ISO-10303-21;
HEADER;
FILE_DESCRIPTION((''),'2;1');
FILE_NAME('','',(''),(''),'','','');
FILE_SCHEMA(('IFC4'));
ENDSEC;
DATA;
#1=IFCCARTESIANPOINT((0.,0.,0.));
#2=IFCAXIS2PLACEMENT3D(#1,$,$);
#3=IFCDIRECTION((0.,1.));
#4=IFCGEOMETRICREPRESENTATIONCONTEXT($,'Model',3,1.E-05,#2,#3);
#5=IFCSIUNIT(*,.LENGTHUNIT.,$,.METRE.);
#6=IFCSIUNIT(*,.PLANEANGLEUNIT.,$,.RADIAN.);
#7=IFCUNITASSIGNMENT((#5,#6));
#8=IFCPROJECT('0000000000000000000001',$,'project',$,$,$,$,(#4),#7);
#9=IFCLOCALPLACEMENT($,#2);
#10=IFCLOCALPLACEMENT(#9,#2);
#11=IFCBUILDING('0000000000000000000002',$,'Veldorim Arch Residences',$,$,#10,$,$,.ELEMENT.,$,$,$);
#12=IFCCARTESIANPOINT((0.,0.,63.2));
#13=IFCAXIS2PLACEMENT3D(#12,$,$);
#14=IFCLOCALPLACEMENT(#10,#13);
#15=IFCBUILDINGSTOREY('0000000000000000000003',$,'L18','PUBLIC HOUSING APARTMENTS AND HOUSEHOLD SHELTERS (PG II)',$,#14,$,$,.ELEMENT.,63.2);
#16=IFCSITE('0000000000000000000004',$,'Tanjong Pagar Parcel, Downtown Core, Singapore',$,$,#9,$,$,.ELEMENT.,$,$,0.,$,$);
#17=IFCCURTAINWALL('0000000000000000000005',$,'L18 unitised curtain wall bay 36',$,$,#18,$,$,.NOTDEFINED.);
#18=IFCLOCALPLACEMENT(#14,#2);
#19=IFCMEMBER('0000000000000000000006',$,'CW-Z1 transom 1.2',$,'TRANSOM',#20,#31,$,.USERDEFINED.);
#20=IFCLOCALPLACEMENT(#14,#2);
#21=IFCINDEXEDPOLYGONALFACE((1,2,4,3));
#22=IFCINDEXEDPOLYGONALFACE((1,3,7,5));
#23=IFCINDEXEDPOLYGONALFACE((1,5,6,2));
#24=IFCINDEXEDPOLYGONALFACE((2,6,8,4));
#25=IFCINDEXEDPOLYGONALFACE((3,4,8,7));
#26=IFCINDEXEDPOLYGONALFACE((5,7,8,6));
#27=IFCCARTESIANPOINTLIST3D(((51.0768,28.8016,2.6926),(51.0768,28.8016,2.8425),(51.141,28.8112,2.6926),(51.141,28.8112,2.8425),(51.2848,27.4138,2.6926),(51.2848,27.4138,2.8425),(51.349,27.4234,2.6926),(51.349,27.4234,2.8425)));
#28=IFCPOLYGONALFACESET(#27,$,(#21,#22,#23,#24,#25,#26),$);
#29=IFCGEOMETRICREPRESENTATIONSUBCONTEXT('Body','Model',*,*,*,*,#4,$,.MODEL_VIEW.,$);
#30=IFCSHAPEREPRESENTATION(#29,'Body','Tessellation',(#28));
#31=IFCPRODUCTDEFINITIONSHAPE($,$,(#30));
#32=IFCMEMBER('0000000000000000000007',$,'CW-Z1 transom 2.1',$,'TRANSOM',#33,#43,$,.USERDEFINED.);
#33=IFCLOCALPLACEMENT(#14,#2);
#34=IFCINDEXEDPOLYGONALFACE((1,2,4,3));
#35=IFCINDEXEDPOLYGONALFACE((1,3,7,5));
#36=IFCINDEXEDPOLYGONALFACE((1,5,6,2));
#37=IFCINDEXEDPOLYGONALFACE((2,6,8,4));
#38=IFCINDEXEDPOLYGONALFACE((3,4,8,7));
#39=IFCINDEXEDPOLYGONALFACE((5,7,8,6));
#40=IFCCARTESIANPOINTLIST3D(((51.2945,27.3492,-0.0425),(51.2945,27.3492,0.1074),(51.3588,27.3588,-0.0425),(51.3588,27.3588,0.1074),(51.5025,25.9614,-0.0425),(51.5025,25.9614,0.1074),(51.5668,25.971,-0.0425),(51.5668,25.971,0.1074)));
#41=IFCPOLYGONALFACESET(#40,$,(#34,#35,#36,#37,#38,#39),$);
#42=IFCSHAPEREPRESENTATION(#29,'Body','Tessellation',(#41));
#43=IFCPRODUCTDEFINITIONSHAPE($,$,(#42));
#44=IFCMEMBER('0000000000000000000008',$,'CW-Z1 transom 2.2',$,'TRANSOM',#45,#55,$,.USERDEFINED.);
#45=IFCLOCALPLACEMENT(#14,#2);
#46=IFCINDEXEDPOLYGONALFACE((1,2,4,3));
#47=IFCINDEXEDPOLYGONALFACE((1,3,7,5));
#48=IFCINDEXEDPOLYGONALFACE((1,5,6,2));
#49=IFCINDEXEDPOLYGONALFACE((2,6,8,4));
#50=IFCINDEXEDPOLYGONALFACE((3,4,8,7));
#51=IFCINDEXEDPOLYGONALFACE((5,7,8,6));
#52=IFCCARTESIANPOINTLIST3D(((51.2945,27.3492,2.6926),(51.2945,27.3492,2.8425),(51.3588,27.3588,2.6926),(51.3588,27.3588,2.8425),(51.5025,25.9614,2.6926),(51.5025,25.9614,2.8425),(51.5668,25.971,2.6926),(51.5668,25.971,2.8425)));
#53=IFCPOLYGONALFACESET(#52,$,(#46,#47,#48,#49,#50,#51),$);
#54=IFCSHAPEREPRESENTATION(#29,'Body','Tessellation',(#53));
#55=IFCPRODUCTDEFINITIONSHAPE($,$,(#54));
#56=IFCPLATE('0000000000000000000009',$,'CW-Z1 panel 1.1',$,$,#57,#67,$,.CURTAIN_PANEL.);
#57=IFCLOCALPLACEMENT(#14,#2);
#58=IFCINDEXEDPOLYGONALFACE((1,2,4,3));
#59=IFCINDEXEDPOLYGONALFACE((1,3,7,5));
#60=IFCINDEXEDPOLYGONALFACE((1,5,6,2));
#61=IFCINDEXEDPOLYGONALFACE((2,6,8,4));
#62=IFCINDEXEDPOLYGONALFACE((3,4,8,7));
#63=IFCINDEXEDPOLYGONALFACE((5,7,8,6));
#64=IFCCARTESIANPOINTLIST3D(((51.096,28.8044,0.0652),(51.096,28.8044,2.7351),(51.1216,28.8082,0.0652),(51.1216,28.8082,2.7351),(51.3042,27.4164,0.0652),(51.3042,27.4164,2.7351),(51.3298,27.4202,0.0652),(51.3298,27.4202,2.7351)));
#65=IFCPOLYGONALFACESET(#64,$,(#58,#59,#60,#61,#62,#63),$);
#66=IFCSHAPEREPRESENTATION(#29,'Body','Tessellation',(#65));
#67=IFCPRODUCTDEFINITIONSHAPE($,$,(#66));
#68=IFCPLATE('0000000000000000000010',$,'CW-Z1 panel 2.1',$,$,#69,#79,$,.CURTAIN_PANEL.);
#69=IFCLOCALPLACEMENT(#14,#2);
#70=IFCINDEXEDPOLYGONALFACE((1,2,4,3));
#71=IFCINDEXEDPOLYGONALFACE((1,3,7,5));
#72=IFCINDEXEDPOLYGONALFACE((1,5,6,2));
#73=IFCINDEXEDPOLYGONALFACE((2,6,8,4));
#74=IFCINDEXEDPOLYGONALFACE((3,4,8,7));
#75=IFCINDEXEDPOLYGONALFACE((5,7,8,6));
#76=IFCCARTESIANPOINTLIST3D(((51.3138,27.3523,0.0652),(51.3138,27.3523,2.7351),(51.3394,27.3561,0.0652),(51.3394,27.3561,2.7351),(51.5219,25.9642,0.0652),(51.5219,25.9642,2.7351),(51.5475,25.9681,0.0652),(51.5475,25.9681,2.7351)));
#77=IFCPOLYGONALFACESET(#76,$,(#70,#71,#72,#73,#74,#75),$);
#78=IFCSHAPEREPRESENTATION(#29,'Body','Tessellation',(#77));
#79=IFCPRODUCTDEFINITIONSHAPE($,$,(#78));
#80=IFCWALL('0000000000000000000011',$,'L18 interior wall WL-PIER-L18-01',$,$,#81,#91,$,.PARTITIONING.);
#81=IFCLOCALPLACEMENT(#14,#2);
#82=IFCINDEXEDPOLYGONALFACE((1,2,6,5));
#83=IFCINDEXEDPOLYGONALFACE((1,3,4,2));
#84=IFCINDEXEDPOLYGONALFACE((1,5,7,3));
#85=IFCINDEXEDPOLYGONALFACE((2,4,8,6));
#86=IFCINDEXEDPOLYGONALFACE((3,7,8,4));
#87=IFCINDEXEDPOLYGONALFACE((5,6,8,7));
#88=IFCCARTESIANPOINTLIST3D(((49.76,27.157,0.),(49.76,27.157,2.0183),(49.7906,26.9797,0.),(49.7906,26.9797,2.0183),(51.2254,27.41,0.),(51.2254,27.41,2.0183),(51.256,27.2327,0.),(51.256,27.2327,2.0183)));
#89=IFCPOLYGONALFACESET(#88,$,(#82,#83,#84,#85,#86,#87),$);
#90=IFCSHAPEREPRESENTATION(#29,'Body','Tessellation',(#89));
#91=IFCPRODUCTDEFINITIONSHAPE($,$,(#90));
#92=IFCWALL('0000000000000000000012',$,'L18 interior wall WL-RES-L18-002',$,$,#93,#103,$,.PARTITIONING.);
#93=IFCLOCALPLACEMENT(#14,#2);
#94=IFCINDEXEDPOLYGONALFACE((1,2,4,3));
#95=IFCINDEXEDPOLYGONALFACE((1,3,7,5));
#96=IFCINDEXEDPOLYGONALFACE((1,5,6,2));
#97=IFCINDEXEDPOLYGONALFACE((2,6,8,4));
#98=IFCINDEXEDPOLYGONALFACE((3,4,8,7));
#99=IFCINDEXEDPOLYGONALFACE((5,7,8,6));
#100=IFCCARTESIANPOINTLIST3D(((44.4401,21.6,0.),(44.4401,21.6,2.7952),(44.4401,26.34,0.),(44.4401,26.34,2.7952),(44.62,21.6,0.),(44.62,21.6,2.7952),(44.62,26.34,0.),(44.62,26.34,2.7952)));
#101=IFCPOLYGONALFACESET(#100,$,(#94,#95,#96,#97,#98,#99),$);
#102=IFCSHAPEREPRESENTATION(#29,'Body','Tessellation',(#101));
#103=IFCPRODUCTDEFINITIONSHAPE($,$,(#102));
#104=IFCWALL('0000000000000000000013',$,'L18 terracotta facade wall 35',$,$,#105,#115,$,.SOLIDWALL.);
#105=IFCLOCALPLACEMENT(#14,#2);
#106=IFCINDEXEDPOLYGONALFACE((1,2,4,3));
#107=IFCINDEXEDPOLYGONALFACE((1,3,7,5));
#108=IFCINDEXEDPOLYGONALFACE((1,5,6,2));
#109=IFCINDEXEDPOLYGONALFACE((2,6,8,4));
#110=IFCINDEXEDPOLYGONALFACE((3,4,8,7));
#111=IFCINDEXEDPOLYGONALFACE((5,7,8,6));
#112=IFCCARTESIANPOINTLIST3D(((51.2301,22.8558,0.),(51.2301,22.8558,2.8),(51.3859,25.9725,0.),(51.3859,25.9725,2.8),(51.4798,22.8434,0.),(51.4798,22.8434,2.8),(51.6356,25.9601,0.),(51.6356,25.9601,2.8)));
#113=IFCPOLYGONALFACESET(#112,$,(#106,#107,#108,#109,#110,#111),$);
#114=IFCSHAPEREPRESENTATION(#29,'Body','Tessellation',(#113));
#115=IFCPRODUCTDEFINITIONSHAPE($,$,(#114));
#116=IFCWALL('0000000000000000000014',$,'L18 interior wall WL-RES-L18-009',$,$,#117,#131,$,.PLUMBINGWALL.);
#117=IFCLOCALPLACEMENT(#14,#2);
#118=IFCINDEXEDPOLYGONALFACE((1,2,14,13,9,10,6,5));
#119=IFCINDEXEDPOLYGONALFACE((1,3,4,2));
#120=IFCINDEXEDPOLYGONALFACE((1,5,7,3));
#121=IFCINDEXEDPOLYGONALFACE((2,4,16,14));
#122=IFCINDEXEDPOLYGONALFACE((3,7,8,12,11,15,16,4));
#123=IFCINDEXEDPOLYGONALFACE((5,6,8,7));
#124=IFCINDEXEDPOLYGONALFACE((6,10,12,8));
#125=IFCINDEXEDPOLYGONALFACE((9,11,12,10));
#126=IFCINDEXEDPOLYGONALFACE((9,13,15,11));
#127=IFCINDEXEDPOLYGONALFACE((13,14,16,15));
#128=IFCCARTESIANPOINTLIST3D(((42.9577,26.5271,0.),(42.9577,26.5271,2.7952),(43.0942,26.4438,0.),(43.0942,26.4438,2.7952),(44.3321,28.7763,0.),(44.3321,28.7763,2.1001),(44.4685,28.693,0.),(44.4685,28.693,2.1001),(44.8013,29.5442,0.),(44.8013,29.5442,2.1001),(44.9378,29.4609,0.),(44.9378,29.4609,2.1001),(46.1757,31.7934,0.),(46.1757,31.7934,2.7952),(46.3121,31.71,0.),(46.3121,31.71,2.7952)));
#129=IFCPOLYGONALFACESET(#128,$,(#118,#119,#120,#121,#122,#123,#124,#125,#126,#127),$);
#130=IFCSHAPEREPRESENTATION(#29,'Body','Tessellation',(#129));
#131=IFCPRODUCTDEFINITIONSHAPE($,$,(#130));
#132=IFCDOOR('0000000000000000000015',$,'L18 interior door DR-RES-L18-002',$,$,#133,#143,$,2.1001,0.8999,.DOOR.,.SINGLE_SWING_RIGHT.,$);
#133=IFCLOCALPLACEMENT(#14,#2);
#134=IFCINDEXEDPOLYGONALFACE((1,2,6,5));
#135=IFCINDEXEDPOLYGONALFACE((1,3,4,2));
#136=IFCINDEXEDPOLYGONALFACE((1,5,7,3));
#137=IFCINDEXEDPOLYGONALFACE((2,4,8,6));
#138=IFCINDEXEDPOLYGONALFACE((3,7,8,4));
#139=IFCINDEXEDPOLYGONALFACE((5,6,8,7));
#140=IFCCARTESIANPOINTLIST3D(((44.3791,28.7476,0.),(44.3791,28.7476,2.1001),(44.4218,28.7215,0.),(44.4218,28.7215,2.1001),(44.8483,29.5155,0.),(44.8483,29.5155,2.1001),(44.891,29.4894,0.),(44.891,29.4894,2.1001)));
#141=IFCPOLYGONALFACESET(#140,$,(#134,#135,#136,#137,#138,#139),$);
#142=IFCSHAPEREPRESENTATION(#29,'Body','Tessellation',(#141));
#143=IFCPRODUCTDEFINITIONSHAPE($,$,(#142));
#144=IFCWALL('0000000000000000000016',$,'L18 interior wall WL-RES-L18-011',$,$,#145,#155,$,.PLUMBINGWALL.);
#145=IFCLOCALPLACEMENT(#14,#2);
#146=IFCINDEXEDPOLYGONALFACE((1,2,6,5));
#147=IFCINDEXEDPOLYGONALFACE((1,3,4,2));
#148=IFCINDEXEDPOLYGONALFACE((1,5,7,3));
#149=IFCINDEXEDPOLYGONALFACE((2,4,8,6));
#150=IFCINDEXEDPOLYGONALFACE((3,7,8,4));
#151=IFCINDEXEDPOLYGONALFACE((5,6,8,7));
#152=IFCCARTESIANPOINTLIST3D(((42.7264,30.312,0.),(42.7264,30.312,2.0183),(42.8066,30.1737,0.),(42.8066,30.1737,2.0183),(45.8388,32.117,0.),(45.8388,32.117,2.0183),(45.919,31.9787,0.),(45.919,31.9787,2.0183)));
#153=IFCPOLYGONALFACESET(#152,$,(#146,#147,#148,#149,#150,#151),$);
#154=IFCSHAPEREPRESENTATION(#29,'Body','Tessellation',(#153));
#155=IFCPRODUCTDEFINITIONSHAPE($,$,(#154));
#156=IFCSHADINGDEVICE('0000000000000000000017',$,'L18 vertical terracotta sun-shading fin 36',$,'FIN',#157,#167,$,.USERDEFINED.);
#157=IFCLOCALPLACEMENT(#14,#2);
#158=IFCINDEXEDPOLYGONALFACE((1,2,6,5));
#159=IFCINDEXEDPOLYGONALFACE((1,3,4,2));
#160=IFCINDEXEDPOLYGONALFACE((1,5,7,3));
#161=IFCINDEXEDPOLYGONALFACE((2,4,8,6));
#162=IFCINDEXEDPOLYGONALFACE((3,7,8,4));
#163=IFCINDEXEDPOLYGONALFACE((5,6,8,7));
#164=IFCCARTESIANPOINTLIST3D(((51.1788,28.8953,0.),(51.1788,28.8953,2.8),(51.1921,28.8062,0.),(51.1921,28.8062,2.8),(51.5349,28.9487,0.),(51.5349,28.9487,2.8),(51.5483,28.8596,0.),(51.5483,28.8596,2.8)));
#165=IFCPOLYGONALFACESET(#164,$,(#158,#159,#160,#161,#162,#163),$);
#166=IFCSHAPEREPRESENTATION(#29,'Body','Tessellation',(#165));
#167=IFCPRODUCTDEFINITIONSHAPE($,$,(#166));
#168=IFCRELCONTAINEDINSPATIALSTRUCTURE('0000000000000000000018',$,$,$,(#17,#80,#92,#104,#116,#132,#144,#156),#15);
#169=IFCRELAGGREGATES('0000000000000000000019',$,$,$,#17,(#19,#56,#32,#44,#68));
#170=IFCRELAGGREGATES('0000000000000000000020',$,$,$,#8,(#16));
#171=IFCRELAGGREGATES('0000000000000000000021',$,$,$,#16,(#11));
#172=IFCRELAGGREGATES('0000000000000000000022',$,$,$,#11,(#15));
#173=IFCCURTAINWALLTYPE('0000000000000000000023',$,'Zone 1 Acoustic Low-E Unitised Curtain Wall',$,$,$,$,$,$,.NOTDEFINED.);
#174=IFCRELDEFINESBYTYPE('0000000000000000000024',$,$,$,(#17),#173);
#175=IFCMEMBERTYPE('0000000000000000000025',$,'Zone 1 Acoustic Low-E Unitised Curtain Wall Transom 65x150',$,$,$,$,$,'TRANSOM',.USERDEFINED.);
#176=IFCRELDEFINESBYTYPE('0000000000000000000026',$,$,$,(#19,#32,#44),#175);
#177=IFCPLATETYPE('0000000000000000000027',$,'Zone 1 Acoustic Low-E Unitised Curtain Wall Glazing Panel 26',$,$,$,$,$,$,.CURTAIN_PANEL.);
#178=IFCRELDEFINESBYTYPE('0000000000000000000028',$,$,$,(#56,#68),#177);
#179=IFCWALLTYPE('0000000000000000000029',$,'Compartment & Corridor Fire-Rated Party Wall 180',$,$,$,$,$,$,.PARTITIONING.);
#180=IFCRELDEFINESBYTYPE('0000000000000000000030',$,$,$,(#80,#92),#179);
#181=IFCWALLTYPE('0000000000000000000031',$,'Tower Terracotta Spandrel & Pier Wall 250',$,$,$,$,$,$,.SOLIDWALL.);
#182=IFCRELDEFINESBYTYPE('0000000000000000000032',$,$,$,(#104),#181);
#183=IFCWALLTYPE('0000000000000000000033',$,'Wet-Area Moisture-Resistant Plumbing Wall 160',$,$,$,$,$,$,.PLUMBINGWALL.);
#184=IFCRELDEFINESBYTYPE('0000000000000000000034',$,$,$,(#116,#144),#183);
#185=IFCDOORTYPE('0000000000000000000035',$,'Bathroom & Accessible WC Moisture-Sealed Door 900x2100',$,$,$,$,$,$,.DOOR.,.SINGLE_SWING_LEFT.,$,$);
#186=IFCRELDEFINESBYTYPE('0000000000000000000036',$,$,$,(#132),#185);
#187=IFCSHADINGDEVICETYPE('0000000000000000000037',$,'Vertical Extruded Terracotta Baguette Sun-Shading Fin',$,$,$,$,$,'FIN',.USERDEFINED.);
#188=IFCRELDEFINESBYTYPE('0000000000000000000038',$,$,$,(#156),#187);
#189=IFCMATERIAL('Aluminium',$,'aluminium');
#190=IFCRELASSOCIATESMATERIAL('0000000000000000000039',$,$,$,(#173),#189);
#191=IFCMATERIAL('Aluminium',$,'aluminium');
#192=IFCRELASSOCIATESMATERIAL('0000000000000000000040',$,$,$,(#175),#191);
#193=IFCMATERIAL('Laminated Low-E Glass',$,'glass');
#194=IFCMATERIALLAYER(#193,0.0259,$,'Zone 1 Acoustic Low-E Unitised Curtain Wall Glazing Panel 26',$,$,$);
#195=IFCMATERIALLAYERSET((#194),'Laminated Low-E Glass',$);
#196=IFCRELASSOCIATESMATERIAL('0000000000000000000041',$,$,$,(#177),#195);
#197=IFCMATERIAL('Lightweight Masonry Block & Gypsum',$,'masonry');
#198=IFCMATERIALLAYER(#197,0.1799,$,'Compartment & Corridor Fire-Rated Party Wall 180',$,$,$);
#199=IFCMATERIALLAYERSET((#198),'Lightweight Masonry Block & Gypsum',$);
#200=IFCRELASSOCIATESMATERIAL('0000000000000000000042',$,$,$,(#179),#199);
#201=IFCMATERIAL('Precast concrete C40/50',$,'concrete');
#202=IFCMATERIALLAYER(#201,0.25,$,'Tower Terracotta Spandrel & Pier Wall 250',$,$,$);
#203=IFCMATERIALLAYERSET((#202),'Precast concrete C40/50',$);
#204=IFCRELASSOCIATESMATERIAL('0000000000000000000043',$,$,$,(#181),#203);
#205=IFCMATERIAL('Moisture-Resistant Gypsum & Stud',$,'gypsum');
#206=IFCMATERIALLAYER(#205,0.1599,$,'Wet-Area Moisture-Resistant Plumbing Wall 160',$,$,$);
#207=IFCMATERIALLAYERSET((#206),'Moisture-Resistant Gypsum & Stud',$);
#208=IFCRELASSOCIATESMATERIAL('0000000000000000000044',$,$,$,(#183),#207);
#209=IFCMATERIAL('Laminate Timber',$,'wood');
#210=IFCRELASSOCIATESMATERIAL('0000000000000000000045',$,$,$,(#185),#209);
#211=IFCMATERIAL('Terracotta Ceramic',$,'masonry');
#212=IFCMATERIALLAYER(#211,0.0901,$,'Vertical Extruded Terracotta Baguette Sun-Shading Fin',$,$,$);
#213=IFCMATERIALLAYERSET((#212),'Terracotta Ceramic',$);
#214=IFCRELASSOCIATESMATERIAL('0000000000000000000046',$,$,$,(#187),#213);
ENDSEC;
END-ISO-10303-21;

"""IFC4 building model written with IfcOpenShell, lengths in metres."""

from ifc_helpers import new_model, si_unit, direction, frame, frame_2d, origin, origin_2d, place, context, subcontext, project, spatial, rectangle, extrude, material, layer, layer_set, material_profile, profile_set, type_object, element, fill, aggregate, save


model = new_model("IFC4")

# Units and contexts
model_context = context("Model", 3, precision=1e-05, world=origin(), true_north=direction((0.0, 1.0)))
body_context = subcontext(model_context, "Body", "Model", "MODEL_VIEW")
ifc_project = project(units=[si_unit("LENGTHUNIT", "METRE"), si_unit("PLANEANGLEUNIT", "RADIAN")], contexts=[model_context])

# Site, building, storey
site_placement = place(None, origin())
site = spatial("IfcSite", under=ifc_project, at=site_placement, Name="Tanjong Pagar Parcel, Downtown Core, Singapore", CompositionType="ELEMENT", RefElevation=0.0)
building_placement = place(site_placement, origin())
building = spatial("IfcBuilding", under=site, at=building_placement, Name="Veldorim Arch Residences", CompositionType="ELEMENT")
storey_placement = place(building_placement, frame((0.0, 0.0, 63.2)))
storey = spatial("IfcBuildingStorey", under=building, at=storey_placement, Name="L18", Description="PUBLIC HOUSING APARTMENTS AND HOUSEHOLD SHELTERS (PG II)", CompositionType="ELEMENT", Elevation=63.2)

# Curtain wall, members, plates
ifc_material_1 = material(Name="Aluminium", Category="aluminium")
curtain_wall_type = type_object("IfcCurtainWallType", Name="Zone 1 Acoustic Low-E Unitised Curtain Wall", PredefinedType="NOTDEFINED", material=ifc_material_1)
curtain_wall_placement = place(storey_placement, origin())
curtain_wall = element("IfcCurtainWall", 1, at=curtain_wall_placement, inside=storey, type_object=curtain_wall_type, Name="L18 unitised curtain wall bay 36", PredefinedType="NOTDEFINED")
ifc_material_2 = material(Name="Aluminium", Category="aluminium")
ifc_material_profile_1 = material_profile(ifc_material_2, rectangle(XDim=0.0649, YDim=0.1499, at=origin_2d()), Name="ALU_TRN_65x150")
ifc_profile_set_1 = profile_set([ifc_material_profile_1], Name="Aluminium")
member_type_1 = type_object("IfcMemberType", Name="Zone 1 Acoustic Low-E Unitised Curtain Wall Transom 65x150", ElementType="TRANSOM", PredefinedType="USERDEFINED", material=ifc_profile_set_1)
member_1_placement = place(storey_placement, frame((51.1089, 28.8064, 2.7676), z_axis=(0.148213, -0.988955, 0.0), x_axis=(0.988955, 0.148213, 0.0)))
member_1 = element("IfcMember", 2, at=member_1_placement, type_object=member_type_1, Name="CW-Z1 transom 1.2", ObjectType="TRANSOM", PredefinedType="USERDEFINED", context=body_context, shape_type="SweptSolid", body=[
    extrude(rectangle(XDim=0.0649, YDim=0.1499, at=origin_2d()), origin(), (0.0, 0.0, 1.0), 1.4033),
])
member_2_placement = place(storey_placement, frame((51.3267, 27.354, 0.0325), z_axis=(0.148213, -0.988955, 0.0), x_axis=(0.988955, 0.148213, 0.0)))
member_2 = element("IfcMember", 3, at=member_2_placement, type_object=member_type_1, Name="CW-Z1 transom 2.1", ObjectType="TRANSOM", PredefinedType="USERDEFINED", context=body_context, shape_type="SweptSolid", body=[
    extrude(rectangle(XDim=0.0649, YDim=0.1499, at=origin_2d()), origin(), (0.0, 0.0, 1.0), 1.4033),
])
member_3_placement = place(storey_placement, frame((51.3267, 27.354, 2.7676), z_axis=(0.148213, -0.988955, 0.0), x_axis=(0.988955, 0.148213, 0.0)))
member_3 = element("IfcMember", 4, at=member_3_placement, type_object=member_type_1, Name="CW-Z1 transom 2.2", ObjectType="TRANSOM", PredefinedType="USERDEFINED", context=body_context, shape_type="SweptSolid", body=[
    extrude(rectangle(XDim=0.0649, YDim=0.1499, at=origin_2d()), origin(), (0.0, 0.0, 1.0), 1.4033),
])
ifc_material_3 = material(Name="Laminated Low-E Glass", Category="glass")
ifc_layer_1 = layer(ifc_material_3, 0.0259, Name="Zone 1 Acoustic Low-E Unitised Curtain Wall Glazing Panel 26")
ifc_layer_set_1 = layer_set([ifc_layer_1], Name="Laminated Low-E Glass")
plate_type = type_object("IfcPlateType", Name="Zone 1 Acoustic Low-E Unitised Curtain Wall Glazing Panel 26", PredefinedType="CURTAIN_PANEL", material=ifc_layer_set_1)
plate_1_placement = place(storey_placement, frame((51.2129, 28.1123, 0.0652), z_axis=(0.0, 0.0, 1.0), x_axis=(0.148306, -0.988941, 0.0)))
plate_1 = element("IfcPlate", 5, at=plate_1_placement, type_object=plate_type, Name="CW-Z1 panel 1.1", PredefinedType="CURTAIN_PANEL", context=body_context, shape_type="SweptSolid", body=[
    extrude(rectangle(XDim=1.4036, YDim=0.0259, at=origin_2d()), origin(), (0.0, 0.0, 1.0), 2.6699),
])
plate_2_placement = place(storey_placement, frame((51.4307, 26.6602, 0.0652), z_axis=(0.0, 0.0, 1.0), x_axis=(0.148306, -0.988941, 0.0)))
plate_2 = element("IfcPlate", 6, at=plate_2_placement, type_object=plate_type, Name="CW-Z1 panel 2.1", PredefinedType="CURTAIN_PANEL", context=body_context, shape_type="SweptSolid", body=[
    extrude(rectangle(XDim=1.4036, YDim=0.0259, at=origin_2d()), origin(), (0.0, 0.0, 1.0), 2.6699),
])
aggregate(curtain_wall, [member_1, plate_1, member_2, member_3, plate_2])

# Walls
ifc_material_4 = material(Name="Lightweight Masonry Block & Gypsum", Category="masonry")
ifc_layer_2 = layer(ifc_material_4, 0.1799, Name="Compartment & Corridor Fire-Rated Party Wall 180")
ifc_layer_set_2 = layer_set([ifc_layer_2], Name="Lightweight Masonry Block & Gypsum")
wall_type_1 = type_object("IfcWallType", Name="Compartment & Corridor Fire-Rated Party Wall 180", PredefinedType="PARTITIONING", material=ifc_layer_set_2)
wall_1_placement = place(storey_placement, frame((49.7751, 27.0684, 0.0), z_axis=(0.0, 0.0, 1.0), x_axis=(0.985428, 0.170094, 0.0)))
element("IfcWall", 7, at=wall_1_placement, inside=storey, type_object=wall_type_1, Name="L18 interior wall WL-PIER-L18-01", PredefinedType="PARTITIONING", context=body_context, shape_type="SweptSolid", body=[
    extrude(rectangle(XDim=1.4871, YDim=0.1799, at=frame_2d((0.7437, 0.0))), origin(), (0.0, 0.0, 1.0), 2.0183),
])
wall_2_placement = place(storey_placement, frame((44.53, 26.3401, 0.0), z_axis=(0.0, 0.0, 1.0), x_axis=(0.0, -1.0, 0.0)))
element("IfcWall", 8, at=wall_2_placement, inside=storey, type_object=wall_type_1, Name="L18 interior wall WL-RES-L18-002", PredefinedType="PARTITIONING", context=body_context, shape_type="SweptSolid", body=[
    extrude(rectangle(XDim=4.74, YDim=0.1799, at=frame_2d((2.3701, 0.0))), origin(), (0.0, 0.0, 1.0), 2.7952),
])
ifc_material_5 = material(Name="Precast concrete C40/50", Category="concrete")
ifc_layer_3 = layer(ifc_material_5, 0.25, Name="Tower Terracotta Spandrel & Pier Wall 250")
ifc_layer_set_3 = layer_set([ifc_layer_3], Name="Precast concrete C40/50")
wall_type_2 = type_object("IfcWallType", Name="Tower Terracotta Spandrel & Pier Wall 250", PredefinedType="SOLIDWALL", material=ifc_layer_set_3)
wall_3_placement = place(storey_placement, frame((51.5107, 25.9663, 0.0), z_axis=(0.0, 0.0, 1.0), x_axis=(-0.049914, -0.998754, 0.0)))
element("IfcWall", 9, at=wall_3_placement, inside=storey, type_object=wall_type_2, Name="L18 terracotta facade wall 35", PredefinedType="SOLIDWALL", context=body_context, shape_type="SweptSolid", body=[
    extrude(rectangle(XDim=3.1206, YDim=0.25, at=frame_2d((1.5603, 0.0))), origin(), (0.0, 0.0, 1.0), 2.8),
])

# Wall, opening, door
ifc_material_6 = material(Name="Moisture-Resistant Gypsum & Stud", Category="gypsum")
ifc_layer_4 = layer(ifc_material_6, 0.1599, Name="Wet-Area Moisture-Resistant Plumbing Wall 160")
ifc_layer_set_4 = layer_set([ifc_layer_4], Name="Moisture-Resistant Gypsum & Stud")
wall_type_3 = type_object("IfcWallType", Name="Wet-Area Moisture-Resistant Plumbing Wall 160", PredefinedType="PLUMBINGWALL", material=ifc_layer_set_4)
wall_4_placement = place(storey_placement, frame((43.0259, 26.4854, 0.0), z_axis=(0.0, 0.0, 1.0), x_axis=(0.521413, 0.853304, 0.0)))
wall_4 = element("IfcWall", 10, at=wall_4_placement, inside=storey, type_object=wall_type_3, Name="L18 interior wall WL-RES-L18-009", PredefinedType="PLUMBINGWALL", context=body_context, shape_type="SweptSolid", body=[
    extrude(rectangle(XDim=6.1716, YDim=0.1599, at=frame_2d((3.0859, 0.0))), origin(), (0.0, 0.0, 1.0), 2.7952),
])
opening_placement = place(wall_4_placement, frame((2.636, 0.0, 0.0)))
opening = element("IfcOpeningElement", 11, at=opening_placement, cuts=wall_4, PredefinedType="OPENING", context=body_context, shape_type="SweptSolid", body=[
    extrude(rectangle(XDim=0.8999, YDim=2.1001, at=frame_2d((0.45, 1.05))), frame((0.0, 0.0898, 0.0), z_axis=(0.0, -1.0, 0.0), x_axis=(1.0, 0.0, 0.0)), (0.0, 0.0, 1.0), 0.1799),
])
ifc_material_7 = material(Name="Laminate Timber", Category="wood")
door_type = type_object("IfcDoorType", Name="Bathroom & Accessible WC Moisture-Sealed Door 900x2100", OperationType="SINGLE_SWING_LEFT", PredefinedType="DOOR", material=ifc_material_7)
door_placement = place(opening_placement, origin())
door = element("IfcDoor", 12, at=door_placement, inside=storey, type_object=door_type, Name="L18 interior door DR-RES-L18-002", OperationType="SINGLE_SWING_RIGHT", OverallHeight=2.1001, OverallWidth=0.8999, PredefinedType="DOOR", context=body_context, shape_type="SweptSolid", body=[
    extrude(rectangle(XDim=0.8999, YDim=2.1001, at=frame_2d((0.45, 1.05))), frame((0.0, 0.0249, 0.0), z_axis=(0.0, -1.0, 0.0), x_axis=(1.0, 0.0, 0.0)), (0.0, 0.0, 1.0), 0.05),
])
fill(opening, door)

# Wall
wall_5_placement = place(storey_placement, frame((42.7666, 30.2429, 0.0), z_axis=(0.0, 0.0, 1.0), x_axis=(0.865056, 0.501675, 0.0)))
element("IfcWall", 13, at=wall_5_placement, inside=storey, type_object=wall_type_3, Name="L18 interior wall WL-RES-L18-011", PredefinedType="PLUMBINGWALL", context=body_context, shape_type="SweptSolid", body=[
    extrude(rectangle(XDim=3.5979, YDim=0.1599, at=frame_2d((1.7988, 0.0))), origin(), (0.0, 0.0, 1.0), 2.0183),
])

# Shading device
ifc_material_8 = material(Name="Terracotta Ceramic", Category="masonry")
ifc_layer_5 = layer(ifc_material_8, 0.0901, Name="Vertical Extruded Terracotta Baguette Sun-Shading Fin")
ifc_layer_set_5 = layer_set([ifc_layer_5], Name="Terracotta Ceramic")
shading_device_type = type_object("IfcShadingDeviceType", Name="Vertical Extruded Terracotta Baguette Sun-Shading Fin", ElementType="FIN", PredefinedType="USERDEFINED", material=ifc_layer_set_5)
shading_device_placement = place(storey_placement, frame((51.3635, 28.8774, 0.0), z_axis=(0.0, 0.0, 1.0), x_axis=(0.148327, -0.988938, 0.0)))
element("IfcShadingDevice", 14, at=shading_device_placement, inside=storey, type_object=shading_device_type, Name="L18 vertical terracotta sun-shading fin 36", ObjectType="FIN", PredefinedType="USERDEFINED", context=body_context, shape_type="SweptSolid", body=[
    extrude(rectangle(XDim=0.0901, YDim=0.3601, at=origin_2d()), origin(), (0.0, 0.0, 1.0), 2.8),
])

save(model, "model.ifc")
